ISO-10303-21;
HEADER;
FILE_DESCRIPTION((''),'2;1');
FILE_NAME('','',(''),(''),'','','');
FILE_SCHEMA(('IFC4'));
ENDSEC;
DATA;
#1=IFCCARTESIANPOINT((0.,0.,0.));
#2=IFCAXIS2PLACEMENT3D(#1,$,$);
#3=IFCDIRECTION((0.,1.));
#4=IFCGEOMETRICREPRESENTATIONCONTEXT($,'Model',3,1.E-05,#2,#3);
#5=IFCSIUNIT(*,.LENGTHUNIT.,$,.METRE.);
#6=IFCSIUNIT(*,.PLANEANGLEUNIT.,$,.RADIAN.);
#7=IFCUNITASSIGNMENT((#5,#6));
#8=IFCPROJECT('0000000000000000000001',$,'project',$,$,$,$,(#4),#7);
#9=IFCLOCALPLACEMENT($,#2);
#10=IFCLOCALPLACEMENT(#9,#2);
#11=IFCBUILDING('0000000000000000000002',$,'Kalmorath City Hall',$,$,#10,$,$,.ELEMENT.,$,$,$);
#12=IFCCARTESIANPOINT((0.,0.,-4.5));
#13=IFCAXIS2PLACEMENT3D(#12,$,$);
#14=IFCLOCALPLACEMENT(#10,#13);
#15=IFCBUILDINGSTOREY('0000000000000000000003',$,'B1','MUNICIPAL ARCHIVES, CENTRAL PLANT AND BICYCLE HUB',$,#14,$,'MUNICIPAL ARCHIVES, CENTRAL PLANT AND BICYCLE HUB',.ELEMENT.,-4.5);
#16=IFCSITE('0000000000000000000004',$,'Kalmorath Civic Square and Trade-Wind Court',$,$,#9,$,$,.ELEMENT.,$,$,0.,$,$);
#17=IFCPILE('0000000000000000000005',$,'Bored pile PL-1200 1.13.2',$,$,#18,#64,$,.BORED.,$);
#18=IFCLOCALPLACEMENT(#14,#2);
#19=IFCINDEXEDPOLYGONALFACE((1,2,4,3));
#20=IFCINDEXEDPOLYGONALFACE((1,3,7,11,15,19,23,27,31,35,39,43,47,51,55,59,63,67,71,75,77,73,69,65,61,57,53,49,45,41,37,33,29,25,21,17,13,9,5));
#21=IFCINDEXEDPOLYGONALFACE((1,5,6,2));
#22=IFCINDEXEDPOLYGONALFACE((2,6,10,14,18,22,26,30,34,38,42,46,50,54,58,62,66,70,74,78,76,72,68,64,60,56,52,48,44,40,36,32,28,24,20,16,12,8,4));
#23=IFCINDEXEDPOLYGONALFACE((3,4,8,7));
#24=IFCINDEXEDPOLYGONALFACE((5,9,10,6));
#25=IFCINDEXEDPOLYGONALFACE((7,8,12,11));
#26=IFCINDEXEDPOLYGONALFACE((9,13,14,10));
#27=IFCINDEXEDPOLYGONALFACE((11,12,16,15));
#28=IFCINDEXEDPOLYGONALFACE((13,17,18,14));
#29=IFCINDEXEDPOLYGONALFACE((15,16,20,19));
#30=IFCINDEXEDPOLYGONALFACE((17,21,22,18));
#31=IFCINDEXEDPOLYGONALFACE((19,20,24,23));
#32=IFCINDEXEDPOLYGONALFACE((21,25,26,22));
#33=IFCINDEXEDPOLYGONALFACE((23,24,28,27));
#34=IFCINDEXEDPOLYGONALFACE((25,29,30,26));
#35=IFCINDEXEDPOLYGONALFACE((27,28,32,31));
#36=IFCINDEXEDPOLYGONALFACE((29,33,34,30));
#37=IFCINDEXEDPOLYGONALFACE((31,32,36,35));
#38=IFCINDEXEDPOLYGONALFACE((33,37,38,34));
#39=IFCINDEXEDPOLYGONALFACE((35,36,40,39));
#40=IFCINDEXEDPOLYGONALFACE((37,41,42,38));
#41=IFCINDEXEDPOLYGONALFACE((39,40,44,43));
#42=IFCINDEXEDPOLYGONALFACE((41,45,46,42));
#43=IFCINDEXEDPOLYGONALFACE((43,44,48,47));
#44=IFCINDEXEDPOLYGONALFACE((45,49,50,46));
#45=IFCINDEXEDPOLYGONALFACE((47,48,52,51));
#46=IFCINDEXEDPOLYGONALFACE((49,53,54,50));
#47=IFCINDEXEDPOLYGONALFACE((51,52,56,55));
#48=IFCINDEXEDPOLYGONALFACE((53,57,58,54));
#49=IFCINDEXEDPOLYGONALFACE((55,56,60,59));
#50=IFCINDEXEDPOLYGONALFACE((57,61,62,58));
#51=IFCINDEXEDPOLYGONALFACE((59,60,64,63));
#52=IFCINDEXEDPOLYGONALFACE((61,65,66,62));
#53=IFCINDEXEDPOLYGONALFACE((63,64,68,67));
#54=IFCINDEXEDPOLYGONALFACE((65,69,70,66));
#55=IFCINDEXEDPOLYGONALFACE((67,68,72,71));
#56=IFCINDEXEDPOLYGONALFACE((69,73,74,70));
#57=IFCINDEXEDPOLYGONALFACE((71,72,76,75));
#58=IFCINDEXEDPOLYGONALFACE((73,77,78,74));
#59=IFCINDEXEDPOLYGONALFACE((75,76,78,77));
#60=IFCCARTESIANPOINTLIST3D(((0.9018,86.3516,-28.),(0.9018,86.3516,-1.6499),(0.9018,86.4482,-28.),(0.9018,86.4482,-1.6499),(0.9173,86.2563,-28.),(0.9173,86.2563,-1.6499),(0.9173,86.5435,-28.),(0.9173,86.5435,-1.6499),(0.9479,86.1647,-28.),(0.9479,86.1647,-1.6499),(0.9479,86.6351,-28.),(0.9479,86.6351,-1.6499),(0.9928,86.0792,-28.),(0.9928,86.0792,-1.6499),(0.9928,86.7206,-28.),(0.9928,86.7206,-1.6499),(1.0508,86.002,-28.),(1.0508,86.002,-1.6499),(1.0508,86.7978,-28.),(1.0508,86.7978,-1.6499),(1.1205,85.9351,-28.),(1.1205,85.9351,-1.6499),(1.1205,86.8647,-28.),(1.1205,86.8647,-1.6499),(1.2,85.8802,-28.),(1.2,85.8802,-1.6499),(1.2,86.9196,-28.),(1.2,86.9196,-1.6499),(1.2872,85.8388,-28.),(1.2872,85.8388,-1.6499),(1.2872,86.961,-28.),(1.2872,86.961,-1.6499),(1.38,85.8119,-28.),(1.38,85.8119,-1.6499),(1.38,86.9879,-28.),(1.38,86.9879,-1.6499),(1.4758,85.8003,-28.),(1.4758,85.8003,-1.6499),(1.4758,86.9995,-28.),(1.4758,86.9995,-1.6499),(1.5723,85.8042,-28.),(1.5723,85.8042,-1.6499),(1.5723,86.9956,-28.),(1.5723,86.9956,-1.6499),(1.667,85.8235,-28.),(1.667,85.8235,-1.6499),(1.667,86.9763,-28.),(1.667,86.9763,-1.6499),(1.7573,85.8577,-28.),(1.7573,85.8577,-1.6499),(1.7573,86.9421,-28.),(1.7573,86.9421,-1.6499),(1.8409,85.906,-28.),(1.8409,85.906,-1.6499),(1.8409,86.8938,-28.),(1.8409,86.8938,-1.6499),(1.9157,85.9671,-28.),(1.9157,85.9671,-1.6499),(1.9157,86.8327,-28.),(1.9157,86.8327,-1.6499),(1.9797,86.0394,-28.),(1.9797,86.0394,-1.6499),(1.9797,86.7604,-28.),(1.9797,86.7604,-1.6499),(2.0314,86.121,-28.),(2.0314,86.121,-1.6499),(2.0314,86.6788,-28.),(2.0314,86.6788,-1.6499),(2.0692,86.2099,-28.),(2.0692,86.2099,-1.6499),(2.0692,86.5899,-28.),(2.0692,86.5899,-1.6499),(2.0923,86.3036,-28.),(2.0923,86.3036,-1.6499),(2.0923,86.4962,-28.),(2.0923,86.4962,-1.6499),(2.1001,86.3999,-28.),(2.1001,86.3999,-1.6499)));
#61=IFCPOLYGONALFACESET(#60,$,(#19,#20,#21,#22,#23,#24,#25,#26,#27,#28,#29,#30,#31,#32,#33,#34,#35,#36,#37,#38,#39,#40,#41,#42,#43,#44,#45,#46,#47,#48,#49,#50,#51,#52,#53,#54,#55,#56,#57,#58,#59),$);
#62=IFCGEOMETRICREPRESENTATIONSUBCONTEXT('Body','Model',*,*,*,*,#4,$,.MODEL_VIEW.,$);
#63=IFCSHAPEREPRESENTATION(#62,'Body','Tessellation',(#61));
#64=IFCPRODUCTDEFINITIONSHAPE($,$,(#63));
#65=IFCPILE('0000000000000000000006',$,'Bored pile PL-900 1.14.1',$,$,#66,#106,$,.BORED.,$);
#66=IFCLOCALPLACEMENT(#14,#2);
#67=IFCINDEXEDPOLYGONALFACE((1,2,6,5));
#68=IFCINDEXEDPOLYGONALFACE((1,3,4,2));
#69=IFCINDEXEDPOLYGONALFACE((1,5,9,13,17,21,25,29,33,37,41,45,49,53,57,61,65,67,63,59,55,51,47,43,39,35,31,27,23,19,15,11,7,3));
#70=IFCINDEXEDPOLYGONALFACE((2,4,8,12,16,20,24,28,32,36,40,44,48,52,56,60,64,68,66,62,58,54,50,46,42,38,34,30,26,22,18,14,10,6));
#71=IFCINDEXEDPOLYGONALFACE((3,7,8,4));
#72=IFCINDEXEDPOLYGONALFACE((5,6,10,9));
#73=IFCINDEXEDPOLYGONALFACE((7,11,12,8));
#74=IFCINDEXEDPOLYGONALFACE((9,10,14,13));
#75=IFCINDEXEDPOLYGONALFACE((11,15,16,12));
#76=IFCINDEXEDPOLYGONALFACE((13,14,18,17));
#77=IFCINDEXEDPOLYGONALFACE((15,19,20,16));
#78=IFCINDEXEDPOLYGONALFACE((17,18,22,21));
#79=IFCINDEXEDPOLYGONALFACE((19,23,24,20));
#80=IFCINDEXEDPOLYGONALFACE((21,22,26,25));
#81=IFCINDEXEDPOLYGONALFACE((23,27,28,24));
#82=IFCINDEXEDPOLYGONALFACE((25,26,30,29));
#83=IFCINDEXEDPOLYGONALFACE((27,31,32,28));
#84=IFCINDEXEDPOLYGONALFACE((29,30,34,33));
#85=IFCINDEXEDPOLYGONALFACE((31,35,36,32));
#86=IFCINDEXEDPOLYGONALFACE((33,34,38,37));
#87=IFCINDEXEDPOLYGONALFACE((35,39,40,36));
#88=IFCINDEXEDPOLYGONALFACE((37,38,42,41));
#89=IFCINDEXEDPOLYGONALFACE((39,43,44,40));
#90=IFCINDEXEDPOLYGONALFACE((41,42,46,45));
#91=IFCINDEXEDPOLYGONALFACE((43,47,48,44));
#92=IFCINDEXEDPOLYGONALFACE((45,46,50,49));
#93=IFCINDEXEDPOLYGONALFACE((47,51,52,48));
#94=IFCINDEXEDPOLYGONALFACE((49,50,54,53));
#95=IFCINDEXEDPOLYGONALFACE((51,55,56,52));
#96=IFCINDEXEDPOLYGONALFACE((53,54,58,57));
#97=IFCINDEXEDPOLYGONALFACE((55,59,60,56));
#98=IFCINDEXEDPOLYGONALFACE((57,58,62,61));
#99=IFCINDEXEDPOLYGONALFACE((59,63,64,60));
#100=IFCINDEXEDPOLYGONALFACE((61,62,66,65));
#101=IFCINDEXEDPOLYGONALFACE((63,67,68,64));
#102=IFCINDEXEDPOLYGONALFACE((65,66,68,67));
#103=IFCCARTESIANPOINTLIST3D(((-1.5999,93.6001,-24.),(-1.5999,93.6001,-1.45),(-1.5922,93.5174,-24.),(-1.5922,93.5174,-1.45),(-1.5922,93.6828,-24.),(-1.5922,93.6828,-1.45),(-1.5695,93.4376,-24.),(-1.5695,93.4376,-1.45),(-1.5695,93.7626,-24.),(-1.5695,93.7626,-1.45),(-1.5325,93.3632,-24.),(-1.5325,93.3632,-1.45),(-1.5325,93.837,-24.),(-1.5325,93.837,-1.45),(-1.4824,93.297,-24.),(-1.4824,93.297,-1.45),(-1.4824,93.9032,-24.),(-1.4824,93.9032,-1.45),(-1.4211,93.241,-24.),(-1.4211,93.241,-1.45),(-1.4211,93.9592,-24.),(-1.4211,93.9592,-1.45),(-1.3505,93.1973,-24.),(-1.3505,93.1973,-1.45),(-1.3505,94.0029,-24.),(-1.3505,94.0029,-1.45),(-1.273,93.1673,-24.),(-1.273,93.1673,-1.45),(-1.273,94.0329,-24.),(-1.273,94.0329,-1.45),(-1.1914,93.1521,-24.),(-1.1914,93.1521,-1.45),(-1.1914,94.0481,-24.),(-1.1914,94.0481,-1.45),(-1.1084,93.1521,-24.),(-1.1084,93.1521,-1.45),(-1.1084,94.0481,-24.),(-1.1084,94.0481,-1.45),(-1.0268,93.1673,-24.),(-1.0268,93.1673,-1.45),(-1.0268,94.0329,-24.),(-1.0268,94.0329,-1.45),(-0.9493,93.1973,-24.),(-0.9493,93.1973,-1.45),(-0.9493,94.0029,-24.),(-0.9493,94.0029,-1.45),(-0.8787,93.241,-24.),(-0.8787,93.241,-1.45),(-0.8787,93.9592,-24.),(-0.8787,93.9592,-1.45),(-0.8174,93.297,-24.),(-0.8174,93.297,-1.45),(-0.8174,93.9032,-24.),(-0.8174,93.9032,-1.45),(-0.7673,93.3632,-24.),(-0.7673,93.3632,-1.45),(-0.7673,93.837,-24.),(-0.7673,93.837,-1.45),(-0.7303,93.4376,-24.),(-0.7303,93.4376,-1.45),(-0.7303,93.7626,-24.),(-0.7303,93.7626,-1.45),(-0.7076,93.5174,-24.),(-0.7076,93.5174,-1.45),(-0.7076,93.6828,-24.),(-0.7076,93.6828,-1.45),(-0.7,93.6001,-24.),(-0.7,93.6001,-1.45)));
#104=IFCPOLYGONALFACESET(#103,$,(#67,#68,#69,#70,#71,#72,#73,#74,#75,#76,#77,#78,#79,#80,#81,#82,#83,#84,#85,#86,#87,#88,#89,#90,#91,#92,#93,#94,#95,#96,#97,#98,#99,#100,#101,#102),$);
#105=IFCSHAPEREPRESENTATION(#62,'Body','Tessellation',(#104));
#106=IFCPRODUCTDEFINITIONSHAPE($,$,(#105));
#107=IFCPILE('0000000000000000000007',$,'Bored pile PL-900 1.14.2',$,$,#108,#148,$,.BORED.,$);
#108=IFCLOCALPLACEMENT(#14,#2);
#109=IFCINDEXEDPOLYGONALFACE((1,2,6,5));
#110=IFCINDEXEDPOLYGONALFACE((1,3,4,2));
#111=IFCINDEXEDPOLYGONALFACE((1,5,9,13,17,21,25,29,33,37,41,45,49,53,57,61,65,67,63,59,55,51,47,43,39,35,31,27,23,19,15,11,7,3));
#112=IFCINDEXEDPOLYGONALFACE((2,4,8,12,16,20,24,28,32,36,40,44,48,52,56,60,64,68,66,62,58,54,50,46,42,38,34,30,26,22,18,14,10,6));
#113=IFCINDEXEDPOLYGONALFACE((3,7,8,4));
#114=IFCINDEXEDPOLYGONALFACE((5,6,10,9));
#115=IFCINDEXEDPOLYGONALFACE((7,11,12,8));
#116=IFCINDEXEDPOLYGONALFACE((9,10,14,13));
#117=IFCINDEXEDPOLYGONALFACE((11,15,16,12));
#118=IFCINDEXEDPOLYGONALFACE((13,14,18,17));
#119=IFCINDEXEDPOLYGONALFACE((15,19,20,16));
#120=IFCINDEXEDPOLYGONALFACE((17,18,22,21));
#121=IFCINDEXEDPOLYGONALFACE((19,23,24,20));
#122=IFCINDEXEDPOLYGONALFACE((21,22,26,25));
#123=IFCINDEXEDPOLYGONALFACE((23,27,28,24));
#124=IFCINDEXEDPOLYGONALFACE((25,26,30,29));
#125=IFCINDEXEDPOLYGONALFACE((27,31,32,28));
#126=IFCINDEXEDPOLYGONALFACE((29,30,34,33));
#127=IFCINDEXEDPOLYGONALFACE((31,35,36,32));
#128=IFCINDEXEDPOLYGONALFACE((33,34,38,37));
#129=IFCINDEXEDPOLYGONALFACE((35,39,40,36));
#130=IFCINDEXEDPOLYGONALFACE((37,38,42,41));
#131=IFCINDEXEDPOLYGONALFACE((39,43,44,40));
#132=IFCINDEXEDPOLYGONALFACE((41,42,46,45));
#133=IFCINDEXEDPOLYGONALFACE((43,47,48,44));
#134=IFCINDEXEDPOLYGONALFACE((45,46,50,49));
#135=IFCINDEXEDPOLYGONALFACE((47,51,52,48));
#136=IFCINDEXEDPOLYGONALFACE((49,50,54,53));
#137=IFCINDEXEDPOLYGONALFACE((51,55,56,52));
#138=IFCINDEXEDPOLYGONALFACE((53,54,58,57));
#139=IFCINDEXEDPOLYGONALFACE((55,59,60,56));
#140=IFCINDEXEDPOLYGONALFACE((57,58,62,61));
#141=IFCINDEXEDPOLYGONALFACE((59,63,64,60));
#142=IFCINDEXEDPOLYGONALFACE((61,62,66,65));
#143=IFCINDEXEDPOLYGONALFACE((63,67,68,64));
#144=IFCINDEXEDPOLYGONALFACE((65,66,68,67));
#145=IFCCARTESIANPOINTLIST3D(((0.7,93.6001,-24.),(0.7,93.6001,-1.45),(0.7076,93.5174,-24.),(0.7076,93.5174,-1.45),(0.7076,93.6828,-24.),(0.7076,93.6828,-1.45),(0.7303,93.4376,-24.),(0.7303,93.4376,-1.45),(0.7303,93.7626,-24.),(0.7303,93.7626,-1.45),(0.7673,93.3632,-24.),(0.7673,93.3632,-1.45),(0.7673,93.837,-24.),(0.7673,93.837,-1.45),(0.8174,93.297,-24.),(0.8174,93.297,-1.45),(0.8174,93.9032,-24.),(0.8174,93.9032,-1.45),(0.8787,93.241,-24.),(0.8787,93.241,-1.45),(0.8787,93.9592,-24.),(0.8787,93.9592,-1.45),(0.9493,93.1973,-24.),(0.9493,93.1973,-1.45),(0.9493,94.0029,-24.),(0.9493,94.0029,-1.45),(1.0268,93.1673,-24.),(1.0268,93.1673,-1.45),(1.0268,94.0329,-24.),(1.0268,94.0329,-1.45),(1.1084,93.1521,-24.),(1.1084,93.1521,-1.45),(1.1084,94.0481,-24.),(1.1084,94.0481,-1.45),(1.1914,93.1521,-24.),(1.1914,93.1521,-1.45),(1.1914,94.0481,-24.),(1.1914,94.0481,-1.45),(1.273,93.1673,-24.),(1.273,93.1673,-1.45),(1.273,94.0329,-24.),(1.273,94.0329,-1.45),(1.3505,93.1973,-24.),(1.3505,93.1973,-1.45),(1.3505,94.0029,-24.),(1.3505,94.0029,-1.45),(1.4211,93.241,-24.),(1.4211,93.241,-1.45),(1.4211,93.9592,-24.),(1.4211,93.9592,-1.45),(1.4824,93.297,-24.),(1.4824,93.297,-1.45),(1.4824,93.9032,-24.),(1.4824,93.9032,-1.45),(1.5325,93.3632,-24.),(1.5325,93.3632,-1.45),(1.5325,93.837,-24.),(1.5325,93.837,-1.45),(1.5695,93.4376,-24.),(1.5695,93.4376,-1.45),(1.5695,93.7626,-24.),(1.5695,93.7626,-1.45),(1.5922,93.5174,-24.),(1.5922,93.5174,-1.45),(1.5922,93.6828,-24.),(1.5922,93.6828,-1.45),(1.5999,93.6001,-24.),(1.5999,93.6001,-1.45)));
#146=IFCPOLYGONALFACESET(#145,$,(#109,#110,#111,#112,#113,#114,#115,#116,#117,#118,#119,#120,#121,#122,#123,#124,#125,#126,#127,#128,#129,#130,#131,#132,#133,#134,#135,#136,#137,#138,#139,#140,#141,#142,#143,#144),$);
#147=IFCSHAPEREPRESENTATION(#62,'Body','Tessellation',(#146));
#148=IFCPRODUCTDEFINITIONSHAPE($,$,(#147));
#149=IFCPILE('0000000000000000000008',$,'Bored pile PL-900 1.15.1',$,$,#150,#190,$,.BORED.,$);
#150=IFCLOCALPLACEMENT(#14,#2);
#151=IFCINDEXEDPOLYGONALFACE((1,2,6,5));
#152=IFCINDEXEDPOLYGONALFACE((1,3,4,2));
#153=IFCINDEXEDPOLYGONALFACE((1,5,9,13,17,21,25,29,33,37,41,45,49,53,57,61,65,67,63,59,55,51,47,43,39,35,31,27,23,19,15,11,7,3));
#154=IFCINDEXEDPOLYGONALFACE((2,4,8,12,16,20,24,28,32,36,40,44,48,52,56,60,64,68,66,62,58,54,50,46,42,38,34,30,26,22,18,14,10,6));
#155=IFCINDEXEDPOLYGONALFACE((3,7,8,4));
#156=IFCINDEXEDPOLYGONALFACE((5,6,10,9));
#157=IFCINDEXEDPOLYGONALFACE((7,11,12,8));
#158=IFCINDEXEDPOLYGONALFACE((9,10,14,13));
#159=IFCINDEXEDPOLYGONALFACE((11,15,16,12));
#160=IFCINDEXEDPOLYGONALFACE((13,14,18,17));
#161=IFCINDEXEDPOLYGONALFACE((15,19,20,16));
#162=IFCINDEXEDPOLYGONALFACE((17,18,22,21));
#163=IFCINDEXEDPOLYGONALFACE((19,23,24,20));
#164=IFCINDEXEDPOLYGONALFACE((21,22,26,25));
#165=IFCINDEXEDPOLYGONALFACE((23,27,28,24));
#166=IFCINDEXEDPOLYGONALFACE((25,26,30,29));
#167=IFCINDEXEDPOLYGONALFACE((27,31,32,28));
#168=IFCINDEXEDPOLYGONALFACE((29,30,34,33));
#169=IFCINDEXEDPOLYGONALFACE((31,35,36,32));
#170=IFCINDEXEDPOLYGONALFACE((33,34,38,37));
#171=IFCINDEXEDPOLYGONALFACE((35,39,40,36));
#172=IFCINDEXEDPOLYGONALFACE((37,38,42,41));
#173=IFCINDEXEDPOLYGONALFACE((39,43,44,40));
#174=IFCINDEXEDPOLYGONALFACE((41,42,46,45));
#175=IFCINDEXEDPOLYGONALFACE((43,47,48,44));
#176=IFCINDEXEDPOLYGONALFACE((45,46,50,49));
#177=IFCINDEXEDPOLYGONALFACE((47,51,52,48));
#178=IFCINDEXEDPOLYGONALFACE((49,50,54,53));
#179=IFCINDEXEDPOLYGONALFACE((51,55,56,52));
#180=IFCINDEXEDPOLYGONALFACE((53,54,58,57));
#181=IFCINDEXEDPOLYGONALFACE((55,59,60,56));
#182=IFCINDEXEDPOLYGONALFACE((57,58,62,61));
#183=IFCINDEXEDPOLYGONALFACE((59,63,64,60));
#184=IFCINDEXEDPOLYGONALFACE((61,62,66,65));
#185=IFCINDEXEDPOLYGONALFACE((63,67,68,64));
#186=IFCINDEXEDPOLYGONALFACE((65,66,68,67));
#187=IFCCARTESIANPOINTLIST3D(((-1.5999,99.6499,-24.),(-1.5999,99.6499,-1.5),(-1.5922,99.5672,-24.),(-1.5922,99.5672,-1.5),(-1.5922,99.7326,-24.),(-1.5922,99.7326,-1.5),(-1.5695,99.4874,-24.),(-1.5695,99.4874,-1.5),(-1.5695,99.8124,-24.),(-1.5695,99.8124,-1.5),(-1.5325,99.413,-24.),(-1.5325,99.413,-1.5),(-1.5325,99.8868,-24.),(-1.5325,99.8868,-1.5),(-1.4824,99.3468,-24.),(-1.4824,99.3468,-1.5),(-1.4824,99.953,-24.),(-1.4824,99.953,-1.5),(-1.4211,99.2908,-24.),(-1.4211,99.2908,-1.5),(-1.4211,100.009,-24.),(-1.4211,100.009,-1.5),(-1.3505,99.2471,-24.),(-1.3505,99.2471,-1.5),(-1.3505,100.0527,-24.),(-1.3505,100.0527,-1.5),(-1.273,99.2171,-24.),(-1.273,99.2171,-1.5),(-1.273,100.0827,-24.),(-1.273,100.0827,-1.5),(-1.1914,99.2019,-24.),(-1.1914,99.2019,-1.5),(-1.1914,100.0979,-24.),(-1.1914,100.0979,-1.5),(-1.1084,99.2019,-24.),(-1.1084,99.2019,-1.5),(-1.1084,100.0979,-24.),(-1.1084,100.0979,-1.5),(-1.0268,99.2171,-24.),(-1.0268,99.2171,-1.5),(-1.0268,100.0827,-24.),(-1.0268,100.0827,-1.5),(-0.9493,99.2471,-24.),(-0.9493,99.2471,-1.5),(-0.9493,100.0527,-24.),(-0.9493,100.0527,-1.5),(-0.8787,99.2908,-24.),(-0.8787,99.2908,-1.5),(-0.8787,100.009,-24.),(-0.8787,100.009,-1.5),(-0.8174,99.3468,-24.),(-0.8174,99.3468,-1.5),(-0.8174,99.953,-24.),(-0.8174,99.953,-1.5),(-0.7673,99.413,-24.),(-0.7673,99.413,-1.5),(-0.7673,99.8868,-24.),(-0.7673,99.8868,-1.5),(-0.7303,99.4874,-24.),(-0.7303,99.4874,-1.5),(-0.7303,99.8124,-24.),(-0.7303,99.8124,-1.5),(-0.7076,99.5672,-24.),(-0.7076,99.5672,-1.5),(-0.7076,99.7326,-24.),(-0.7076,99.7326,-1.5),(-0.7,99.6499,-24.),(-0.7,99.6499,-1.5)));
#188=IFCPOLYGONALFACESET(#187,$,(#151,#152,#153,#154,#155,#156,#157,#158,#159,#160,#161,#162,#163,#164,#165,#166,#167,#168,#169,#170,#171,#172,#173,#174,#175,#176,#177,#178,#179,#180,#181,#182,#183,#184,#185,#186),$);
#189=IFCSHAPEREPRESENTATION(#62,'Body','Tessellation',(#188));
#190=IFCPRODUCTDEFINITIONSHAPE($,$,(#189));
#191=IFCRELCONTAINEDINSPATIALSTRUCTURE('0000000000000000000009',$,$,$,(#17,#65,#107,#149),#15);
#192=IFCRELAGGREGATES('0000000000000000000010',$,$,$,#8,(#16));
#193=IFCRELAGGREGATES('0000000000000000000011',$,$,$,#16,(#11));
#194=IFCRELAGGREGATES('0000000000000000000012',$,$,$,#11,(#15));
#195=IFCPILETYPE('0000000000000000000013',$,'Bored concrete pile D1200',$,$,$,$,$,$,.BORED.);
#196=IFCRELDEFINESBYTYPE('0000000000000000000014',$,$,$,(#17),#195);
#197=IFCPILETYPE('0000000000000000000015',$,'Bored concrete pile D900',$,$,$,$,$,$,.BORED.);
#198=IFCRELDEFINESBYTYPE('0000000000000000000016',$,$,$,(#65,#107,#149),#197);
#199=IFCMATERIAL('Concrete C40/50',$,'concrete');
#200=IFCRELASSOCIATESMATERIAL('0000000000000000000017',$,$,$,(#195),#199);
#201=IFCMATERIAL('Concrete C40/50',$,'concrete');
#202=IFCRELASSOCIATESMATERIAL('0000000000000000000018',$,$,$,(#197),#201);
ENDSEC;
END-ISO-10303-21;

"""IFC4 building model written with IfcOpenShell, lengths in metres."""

from ifc_helpers import new_model, si_unit, direction, frame, origin, origin_2d, place, context, subcontext, project, spatial, circle, extrude, material, material_profile, profile_set, type_object, element, save


model = new_model("IFC4")

# Units and contexts
model_context = context("Model", 3, precision=1e-05, world=origin(), true_north=direction((0.0, 1.0)))
body_context = subcontext(model_context, "Body", "Model", "MODEL_VIEW")
ifc_project = project(units=[si_unit("LENGTHUNIT", "METRE"), si_unit("PLANEANGLEUNIT", "RADIAN")], contexts=[model_context])

# Site, building, storey
site_placement = place(None, origin())
site = spatial("IfcSite", under=ifc_project, at=site_placement, Name="Kalmorath Civic Square and Trade-Wind Court", CompositionType="ELEMENT", RefElevation=0.0)
building_placement = place(site_placement, origin())
building = spatial("IfcBuilding", under=site, at=building_placement, Name="Kalmorath City Hall", CompositionType="ELEMENT")
storey_placement = place(building_placement, frame((0.0, 0.0, -4.5)))
storey = spatial("IfcBuildingStorey", under=building, at=storey_placement, Name="B1", Description="MUNICIPAL ARCHIVES, CENTRAL PLANT AND BICYCLE HUB", LongName="MUNICIPAL ARCHIVES, CENTRAL PLANT AND BICYCLE HUB", CompositionType="ELEMENT", Elevation=-4.5)

# Piles
ifc_material_1 = material(Name="Concrete C40/50", Category="concrete")
ifc_material_profile_1 = material_profile(ifc_material_1, circle(Radius=0.6001, at=origin_2d()), Name="PILE-D1200")
ifc_profile_set_1 = profile_set([ifc_material_profile_1], Name="Concrete C40/50")
pile_type_1 = type_object("IfcPileType", Name="Bored concrete pile D1200", PredefinedType="BORED", material=ifc_profile_set_1)
pile_placement = place(storey_placement, frame((1.5, 86.3999, -1.6499), z_axis=(0.0, 0.0, -1.0), x_axis=(1.0, 0.0, 0.0)))
element("IfcPile", 1, at=pile_placement, inside=storey, type_object=pile_type_1, Name="Bored pile PL-1200 1.13.2", PredefinedType="BORED", context=body_context, shape_type="SweptSolid", body=[
    extrude(circle(Radius=0.6001, at=origin_2d()), origin(), (0.0, 0.0, 1.0), 26.3501),
])
ifc_material_2 = material(Name="Concrete C40/50", Category="concrete")
ifc_material_profile_2 = material_profile(ifc_material_2, circle(Radius=0.45, at=origin_2d()), Name="PILE-D900")
ifc_profile_set_2 = profile_set([ifc_material_profile_2], Name="Concrete C40/50")
pile_type_2 = type_object("IfcPileType", Name="Bored concrete pile D900", PredefinedType="BORED", material=ifc_profile_set_2)
for number, where, z_axis, x_axis, name in (
    (2, (-1.1499, 93.6001, -1.45), (0.0, 0.0, -1.0), (1.0, 0.0, 0.0), "Bored pile PL-900 1.14.1"),
    (3, (1.1499, 93.6001, -1.45), (0.0, 0.0, -1.0), (1.0, 0.0, 0.0), "Bored pile PL-900 1.14.2"),
):
    element("IfcPile", number, at=place(storey_placement, frame(where, z_axis=z_axis, x_axis=x_axis)), inside=storey, type_object=pile_type_2, Name=name, PredefinedType="BORED", context=body_context, shape_type="SweptSolid", body=[
        extrude(circle(Radius=0.45, at=origin_2d()), origin(), (0.0, 0.0, 1.0), 22.55),
    ])
for number, where, z_axis, x_axis, name in (
    (4, (-1.1499, 99.6499, -1.5), (0.0, 0.0, -1.0), (1.0, 0.0, 0.0), "Bored pile PL-900 1.15.1"),
):
    element("IfcPile", number, at=place(storey_placement, frame(where, z_axis=z_axis, x_axis=x_axis)), inside=storey, type_object=pile_type_2, Name=name, PredefinedType="BORED", context=body_context, shape_type="SweptSolid", body=[
        extrude(circle(Radius=0.45, at=origin_2d()), origin(), (0.0, 0.0, 1.0), 22.5),
    ])

save(model, "model.ifc")
